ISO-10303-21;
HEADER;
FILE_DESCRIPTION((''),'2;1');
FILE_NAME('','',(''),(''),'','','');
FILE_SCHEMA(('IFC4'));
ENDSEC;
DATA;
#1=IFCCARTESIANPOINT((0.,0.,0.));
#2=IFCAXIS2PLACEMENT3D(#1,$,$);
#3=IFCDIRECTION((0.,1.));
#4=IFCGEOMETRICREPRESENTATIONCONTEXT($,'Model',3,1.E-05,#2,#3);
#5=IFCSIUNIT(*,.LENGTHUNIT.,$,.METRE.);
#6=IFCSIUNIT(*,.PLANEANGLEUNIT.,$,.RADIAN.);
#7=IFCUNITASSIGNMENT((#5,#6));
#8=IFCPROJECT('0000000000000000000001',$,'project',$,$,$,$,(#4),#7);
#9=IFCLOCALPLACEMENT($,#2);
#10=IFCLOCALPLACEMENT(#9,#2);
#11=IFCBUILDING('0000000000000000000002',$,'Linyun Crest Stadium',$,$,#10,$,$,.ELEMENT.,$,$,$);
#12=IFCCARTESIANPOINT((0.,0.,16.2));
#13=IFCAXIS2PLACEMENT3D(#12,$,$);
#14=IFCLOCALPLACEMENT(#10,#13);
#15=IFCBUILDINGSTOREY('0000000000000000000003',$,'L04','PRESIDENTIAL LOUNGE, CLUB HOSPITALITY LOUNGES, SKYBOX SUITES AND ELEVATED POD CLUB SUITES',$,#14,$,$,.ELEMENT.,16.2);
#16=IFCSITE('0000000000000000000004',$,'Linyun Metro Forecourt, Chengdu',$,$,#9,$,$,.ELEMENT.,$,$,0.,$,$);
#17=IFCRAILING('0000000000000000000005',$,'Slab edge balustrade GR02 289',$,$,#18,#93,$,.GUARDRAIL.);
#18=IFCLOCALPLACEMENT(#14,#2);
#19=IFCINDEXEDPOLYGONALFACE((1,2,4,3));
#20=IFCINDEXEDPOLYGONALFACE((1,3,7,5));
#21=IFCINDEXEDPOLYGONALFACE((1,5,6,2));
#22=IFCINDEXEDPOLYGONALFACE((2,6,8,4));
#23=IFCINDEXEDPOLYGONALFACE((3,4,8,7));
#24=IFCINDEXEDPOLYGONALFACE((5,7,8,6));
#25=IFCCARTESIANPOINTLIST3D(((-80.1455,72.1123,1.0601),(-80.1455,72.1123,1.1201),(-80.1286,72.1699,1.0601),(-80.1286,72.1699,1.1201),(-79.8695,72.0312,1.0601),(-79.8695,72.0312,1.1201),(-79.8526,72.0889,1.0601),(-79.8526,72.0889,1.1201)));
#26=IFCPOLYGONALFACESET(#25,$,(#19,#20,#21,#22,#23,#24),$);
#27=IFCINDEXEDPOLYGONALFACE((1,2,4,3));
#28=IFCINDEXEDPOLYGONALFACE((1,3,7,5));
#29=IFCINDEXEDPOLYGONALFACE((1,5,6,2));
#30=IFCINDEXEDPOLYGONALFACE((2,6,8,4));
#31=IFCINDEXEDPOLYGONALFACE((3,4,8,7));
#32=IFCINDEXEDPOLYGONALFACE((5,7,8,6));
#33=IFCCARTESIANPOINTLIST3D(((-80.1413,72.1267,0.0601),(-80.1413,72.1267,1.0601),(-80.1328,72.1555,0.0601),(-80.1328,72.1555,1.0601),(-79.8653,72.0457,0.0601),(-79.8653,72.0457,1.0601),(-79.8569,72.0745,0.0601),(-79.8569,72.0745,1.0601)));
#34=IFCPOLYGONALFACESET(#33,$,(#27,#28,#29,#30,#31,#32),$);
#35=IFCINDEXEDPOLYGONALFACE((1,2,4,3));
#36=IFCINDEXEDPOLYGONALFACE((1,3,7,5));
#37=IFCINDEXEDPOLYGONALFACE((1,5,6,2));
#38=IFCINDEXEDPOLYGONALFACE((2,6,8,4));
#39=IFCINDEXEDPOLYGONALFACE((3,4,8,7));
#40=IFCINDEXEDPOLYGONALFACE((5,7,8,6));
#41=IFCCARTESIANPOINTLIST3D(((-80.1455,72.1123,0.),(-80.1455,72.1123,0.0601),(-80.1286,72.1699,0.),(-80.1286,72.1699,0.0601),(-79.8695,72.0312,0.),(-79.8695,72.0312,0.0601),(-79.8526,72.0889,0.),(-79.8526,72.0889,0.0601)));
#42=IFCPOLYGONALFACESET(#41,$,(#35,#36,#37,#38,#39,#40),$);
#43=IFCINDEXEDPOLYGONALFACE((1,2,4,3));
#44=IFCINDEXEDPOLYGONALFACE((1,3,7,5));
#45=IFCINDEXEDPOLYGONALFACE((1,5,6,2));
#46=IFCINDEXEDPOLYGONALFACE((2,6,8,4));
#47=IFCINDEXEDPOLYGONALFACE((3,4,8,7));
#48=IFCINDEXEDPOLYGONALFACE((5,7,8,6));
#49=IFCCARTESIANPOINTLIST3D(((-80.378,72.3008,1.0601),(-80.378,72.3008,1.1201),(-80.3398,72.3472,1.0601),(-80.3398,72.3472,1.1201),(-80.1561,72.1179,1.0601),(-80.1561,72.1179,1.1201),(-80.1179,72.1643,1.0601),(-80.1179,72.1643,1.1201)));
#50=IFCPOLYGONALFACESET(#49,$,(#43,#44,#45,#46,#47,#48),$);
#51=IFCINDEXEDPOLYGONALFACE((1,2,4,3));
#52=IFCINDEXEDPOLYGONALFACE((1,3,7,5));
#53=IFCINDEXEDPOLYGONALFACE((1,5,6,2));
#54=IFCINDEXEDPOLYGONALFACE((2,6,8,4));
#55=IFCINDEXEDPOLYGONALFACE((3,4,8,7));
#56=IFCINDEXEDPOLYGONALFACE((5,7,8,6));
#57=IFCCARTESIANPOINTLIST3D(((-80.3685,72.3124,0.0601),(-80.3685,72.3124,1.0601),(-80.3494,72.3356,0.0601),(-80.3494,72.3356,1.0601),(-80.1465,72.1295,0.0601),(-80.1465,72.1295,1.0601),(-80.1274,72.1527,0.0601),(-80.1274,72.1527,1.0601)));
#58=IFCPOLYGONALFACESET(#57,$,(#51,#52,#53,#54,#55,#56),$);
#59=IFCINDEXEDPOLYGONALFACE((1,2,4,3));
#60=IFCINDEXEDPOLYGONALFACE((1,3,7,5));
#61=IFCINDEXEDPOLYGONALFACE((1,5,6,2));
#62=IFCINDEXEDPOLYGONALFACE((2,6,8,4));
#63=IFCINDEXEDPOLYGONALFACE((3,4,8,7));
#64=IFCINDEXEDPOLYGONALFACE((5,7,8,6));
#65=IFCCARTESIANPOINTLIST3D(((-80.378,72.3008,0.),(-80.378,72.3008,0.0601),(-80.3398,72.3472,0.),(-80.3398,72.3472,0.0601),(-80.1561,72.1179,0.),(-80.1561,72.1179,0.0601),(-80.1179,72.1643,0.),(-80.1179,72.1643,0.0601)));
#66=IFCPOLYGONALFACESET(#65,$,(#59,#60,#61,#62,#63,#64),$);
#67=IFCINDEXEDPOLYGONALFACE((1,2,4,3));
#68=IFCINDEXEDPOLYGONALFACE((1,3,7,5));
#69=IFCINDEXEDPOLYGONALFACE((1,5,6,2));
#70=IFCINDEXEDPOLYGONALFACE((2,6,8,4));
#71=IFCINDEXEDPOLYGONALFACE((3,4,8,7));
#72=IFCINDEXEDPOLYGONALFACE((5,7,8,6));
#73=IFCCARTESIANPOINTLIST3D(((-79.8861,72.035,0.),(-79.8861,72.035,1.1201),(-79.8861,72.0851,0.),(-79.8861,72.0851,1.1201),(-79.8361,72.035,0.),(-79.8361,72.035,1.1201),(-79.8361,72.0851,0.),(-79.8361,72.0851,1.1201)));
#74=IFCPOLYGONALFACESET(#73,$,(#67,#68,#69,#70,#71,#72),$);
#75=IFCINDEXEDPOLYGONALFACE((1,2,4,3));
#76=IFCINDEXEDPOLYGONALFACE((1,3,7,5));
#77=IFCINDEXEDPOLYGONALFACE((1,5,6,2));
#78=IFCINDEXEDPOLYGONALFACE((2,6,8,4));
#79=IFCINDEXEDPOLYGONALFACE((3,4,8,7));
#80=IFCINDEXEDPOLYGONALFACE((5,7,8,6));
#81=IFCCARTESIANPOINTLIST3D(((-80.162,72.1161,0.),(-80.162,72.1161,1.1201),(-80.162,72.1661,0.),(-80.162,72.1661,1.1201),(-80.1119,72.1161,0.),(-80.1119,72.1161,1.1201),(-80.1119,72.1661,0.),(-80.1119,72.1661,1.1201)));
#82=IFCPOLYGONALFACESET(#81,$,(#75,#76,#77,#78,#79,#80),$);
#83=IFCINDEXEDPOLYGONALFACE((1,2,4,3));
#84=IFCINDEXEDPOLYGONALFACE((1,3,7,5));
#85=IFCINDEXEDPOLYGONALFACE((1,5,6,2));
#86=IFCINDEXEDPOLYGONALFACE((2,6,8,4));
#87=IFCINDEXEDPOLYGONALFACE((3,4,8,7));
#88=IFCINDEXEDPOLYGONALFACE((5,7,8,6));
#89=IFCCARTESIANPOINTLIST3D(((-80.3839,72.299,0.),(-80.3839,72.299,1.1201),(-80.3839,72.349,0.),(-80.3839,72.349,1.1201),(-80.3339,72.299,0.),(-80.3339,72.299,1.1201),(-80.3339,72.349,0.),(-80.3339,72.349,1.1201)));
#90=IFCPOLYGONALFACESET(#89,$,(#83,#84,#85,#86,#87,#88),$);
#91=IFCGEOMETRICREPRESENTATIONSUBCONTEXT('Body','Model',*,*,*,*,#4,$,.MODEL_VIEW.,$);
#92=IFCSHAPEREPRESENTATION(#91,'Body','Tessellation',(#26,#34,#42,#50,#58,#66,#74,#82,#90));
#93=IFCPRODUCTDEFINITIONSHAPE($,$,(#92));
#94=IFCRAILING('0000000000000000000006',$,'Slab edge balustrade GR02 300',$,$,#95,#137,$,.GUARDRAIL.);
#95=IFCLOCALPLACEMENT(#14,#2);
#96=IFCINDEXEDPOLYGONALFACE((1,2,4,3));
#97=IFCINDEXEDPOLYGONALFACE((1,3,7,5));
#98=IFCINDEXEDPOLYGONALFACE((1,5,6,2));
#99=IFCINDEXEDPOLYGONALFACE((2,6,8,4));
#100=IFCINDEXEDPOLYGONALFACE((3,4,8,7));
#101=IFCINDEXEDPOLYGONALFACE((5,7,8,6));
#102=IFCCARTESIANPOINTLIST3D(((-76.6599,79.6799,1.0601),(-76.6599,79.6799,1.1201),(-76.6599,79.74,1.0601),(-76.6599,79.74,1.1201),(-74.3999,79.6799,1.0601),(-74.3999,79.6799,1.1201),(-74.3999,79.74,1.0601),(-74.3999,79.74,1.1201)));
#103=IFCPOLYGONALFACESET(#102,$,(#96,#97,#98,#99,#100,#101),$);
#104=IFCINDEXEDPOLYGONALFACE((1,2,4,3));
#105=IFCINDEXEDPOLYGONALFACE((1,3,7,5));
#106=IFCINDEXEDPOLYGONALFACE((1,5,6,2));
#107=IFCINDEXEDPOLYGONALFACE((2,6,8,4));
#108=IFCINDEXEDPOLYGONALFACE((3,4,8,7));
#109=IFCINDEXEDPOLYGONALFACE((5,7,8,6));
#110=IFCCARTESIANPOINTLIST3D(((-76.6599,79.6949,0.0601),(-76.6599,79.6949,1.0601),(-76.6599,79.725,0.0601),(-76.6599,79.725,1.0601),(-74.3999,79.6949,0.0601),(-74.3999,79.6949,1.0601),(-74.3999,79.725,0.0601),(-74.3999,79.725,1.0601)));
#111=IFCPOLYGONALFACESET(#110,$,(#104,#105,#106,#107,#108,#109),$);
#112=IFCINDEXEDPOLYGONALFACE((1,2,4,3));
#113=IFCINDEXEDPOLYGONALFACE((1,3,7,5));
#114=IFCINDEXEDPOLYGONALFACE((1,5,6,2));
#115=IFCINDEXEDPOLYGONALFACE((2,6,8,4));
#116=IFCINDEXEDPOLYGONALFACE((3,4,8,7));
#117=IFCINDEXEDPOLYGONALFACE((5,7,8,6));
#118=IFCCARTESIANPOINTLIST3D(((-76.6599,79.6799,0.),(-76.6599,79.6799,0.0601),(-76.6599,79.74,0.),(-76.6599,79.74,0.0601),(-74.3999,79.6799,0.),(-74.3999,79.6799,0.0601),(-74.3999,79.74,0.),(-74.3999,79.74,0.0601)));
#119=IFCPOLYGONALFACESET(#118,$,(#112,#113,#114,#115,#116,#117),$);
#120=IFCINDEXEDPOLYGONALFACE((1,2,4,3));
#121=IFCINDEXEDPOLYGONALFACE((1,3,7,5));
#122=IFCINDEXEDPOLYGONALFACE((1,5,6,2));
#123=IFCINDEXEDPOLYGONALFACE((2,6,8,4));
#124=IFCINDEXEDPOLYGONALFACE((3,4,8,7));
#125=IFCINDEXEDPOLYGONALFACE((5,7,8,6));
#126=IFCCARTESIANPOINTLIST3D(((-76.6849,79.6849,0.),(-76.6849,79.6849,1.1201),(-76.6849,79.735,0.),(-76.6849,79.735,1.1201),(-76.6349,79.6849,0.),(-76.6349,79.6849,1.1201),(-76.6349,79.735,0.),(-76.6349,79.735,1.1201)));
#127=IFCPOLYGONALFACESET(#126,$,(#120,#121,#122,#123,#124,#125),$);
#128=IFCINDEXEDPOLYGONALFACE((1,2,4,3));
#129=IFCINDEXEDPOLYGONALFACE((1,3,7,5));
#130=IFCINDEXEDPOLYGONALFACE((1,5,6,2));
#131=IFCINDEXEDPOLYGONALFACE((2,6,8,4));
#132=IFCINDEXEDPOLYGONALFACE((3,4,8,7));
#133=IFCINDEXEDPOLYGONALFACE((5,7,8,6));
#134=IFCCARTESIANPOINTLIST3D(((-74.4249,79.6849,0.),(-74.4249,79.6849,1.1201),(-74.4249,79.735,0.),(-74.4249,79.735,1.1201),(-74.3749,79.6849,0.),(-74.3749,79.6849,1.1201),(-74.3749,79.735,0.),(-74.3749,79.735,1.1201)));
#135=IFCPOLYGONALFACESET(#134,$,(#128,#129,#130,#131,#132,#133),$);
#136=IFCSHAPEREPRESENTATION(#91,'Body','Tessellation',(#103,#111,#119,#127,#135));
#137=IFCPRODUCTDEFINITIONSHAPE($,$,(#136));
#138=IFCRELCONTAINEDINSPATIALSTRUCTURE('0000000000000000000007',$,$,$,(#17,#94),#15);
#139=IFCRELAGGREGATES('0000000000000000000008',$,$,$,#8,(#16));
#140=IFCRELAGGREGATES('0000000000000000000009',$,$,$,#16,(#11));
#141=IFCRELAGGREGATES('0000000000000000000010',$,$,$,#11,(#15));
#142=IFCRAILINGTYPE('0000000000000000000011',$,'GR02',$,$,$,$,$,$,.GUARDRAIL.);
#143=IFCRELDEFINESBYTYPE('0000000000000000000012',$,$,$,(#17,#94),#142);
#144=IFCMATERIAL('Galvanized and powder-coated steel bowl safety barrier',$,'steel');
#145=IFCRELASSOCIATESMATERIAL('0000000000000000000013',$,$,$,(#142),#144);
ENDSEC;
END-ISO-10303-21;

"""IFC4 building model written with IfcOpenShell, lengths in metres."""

from ifc_helpers import new_model, si_unit, direction, frame, origin, origin_2d, place, context, subcontext, project, spatial, rectangle, extrude, material, type_object, element, save


model = new_model("IFC4")

# Units and contexts
model_context = context("Model", 3, precision=1e-05, world=origin(), true_north=direction((0.0, 1.0)))
body_context = subcontext(model_context, "Body", "Model", "MODEL_VIEW")
ifc_project = project(units=[si_unit("LENGTHUNIT", "METRE"), si_unit("PLANEANGLEUNIT", "RADIAN")], contexts=[model_context])

# Site, building, storey
site_placement = place(None, origin())
site = spatial("IfcSite", under=ifc_project, at=site_placement, Name="Linyun Metro Forecourt, Chengdu", CompositionType="ELEMENT", RefElevation=0.0)
building_placement = place(site_placement, origin())
building = spatial("IfcBuilding", under=site, at=building_placement, Name="Linyun Crest Stadium", CompositionType="ELEMENT")
storey_placement = place(building_placement, frame((0.0, 0.0, 16.2)))
storey = spatial("IfcBuildingStorey", under=building, at=storey_placement, Name="L04", Description="PRESIDENTIAL LOUNGE, CLUB HOSPITALITY LOUNGES, SKYBOX SUITES AND ELEVATED POD CLUB SUITES", CompositionType="ELEMENT", Elevation=16.2)

# Railings
ifc_material_1 = material(Name="Galvanized and powder-coated steel bowl safety barrier", Category="steel")
railing_type_1 = type_object("IfcRailingType", Name="GR02", PredefinedType="GUARDRAIL", material=ifc_material_1)
railing_1_placement = place(storey_placement, frame((-79.8611, 72.0601, 0.0)))
element("IfcRailing", 1, at=railing_1_placement, inside=storey, type_object=railing_type_1, Name="Slab edge balustrade GR02 289", PredefinedType="GUARDRAIL", context=body_context, shape_type="SweptSolid", body=[
    extrude(rectangle(XDim=0.0601, YDim=0.0601, at=origin_2d()), frame((0.0, 0.0, 1.0901), z_axis=(-0.959447, 0.281891, 0.0), x_axis=(-0.281891, -0.959447, 0.0)), (0.0, 0.0, 1.0), 0.2876),
    extrude(rectangle(XDim=0.03, YDim=1.0, at=origin_2d()), frame((0.0, 0.0, 0.5601), z_axis=(-0.959447, 0.281891, 0.0), x_axis=(-0.281891, -0.959447, 0.0)), (0.0, 0.0, 1.0), 0.2876),
    extrude(rectangle(XDim=0.0601, YDim=0.0601, at=origin_2d()), frame((0.0, 0.0, 0.03), z_axis=(-0.959447, 0.281891, 0.0), x_axis=(-0.281891, -0.959447, 0.0)), (0.0, 0.0, 1.0), 0.2876),
    extrude(rectangle(XDim=0.0601, YDim=0.0601, at=origin_2d()), frame((-0.2759, 0.0811, 1.0901), z_axis=(-0.771759, 0.635916, 0.0), x_axis=(-0.635916, -0.771759, 0.0)), (0.0, 0.0, 1.0), 0.2876),
    extrude(rectangle(XDim=0.03, YDim=1.0, at=origin_2d()), frame((-0.2759, 0.0811, 0.5601), z_axis=(-0.771759, 0.635916, 0.0), x_axis=(-0.635916, -0.771759, 0.0)), (0.0, 0.0, 1.0), 0.2876),
    extrude(rectangle(XDim=0.0601, YDim=0.0601, at=origin_2d()), frame((-0.2759, 0.0811, 0.03), z_axis=(-0.771759, 0.635916, 0.0), x_axis=(-0.635916, -0.771759, 0.0)), (0.0, 0.0, 1.0), 0.2876),
    extrude(rectangle(XDim=0.05, YDim=0.05, at=origin_2d()), origin(), (0.0, 0.0, 1.0), 1.1201),
    extrude(rectangle(XDim=0.05, YDim=0.05, at=origin_2d()), frame((-0.2759, 0.0811, 0.0)), (0.0, 0.0, 1.0), 1.1201),
    extrude(rectangle(XDim=0.05, YDim=0.05, at=origin_2d()), frame((-0.4978, 0.2639, 0.0)), (0.0, 0.0, 1.0), 1.1201),
])
railing_2_placement = place(storey_placement, frame((-76.6599, 79.71, 0.0)))
element("IfcRailing", 2, at=railing_2_placement, inside=storey, type_object=railing_type_1, Name="Slab edge balustrade GR02 300", PredefinedType="GUARDRAIL", context=body_context, shape_type="SweptSolid", body=[
    extrude(rectangle(XDim=0.0601, YDim=0.0601, at=origin_2d()), frame((0.0, 0.0, 1.0901), z_axis=(1.0, 0.0, 0.0), x_axis=(0.0, 1.0, 0.0)), (0.0, 0.0, 1.0), 2.26),
    extrude(rectangle(XDim=0.03, YDim=1.0, at=origin_2d()), frame((0.0, 0.0, 0.5601), z_axis=(1.0, 0.0, 0.0), x_axis=(0.0, 1.0, 0.0)), (0.0, 0.0, 1.0), 2.26),
    extrude(rectangle(XDim=0.0601, YDim=0.0601, at=origin_2d()), frame((0.0, 0.0, 0.03), z_axis=(1.0, 0.0, 0.0), x_axis=(0.0, 1.0, 0.0)), (0.0, 0.0, 1.0), 2.26),
    extrude(rectangle(XDim=0.05, YDim=0.05, at=origin_2d()), origin(), (0.0, 0.0, 1.0), 1.1201),
    extrude(rectangle(XDim=0.05, YDim=0.05, at=origin_2d()), frame((2.26, 0.0, 0.0)), (0.0, 0.0, 1.0), 1.1201),
])

save(model, "model.ifc")
